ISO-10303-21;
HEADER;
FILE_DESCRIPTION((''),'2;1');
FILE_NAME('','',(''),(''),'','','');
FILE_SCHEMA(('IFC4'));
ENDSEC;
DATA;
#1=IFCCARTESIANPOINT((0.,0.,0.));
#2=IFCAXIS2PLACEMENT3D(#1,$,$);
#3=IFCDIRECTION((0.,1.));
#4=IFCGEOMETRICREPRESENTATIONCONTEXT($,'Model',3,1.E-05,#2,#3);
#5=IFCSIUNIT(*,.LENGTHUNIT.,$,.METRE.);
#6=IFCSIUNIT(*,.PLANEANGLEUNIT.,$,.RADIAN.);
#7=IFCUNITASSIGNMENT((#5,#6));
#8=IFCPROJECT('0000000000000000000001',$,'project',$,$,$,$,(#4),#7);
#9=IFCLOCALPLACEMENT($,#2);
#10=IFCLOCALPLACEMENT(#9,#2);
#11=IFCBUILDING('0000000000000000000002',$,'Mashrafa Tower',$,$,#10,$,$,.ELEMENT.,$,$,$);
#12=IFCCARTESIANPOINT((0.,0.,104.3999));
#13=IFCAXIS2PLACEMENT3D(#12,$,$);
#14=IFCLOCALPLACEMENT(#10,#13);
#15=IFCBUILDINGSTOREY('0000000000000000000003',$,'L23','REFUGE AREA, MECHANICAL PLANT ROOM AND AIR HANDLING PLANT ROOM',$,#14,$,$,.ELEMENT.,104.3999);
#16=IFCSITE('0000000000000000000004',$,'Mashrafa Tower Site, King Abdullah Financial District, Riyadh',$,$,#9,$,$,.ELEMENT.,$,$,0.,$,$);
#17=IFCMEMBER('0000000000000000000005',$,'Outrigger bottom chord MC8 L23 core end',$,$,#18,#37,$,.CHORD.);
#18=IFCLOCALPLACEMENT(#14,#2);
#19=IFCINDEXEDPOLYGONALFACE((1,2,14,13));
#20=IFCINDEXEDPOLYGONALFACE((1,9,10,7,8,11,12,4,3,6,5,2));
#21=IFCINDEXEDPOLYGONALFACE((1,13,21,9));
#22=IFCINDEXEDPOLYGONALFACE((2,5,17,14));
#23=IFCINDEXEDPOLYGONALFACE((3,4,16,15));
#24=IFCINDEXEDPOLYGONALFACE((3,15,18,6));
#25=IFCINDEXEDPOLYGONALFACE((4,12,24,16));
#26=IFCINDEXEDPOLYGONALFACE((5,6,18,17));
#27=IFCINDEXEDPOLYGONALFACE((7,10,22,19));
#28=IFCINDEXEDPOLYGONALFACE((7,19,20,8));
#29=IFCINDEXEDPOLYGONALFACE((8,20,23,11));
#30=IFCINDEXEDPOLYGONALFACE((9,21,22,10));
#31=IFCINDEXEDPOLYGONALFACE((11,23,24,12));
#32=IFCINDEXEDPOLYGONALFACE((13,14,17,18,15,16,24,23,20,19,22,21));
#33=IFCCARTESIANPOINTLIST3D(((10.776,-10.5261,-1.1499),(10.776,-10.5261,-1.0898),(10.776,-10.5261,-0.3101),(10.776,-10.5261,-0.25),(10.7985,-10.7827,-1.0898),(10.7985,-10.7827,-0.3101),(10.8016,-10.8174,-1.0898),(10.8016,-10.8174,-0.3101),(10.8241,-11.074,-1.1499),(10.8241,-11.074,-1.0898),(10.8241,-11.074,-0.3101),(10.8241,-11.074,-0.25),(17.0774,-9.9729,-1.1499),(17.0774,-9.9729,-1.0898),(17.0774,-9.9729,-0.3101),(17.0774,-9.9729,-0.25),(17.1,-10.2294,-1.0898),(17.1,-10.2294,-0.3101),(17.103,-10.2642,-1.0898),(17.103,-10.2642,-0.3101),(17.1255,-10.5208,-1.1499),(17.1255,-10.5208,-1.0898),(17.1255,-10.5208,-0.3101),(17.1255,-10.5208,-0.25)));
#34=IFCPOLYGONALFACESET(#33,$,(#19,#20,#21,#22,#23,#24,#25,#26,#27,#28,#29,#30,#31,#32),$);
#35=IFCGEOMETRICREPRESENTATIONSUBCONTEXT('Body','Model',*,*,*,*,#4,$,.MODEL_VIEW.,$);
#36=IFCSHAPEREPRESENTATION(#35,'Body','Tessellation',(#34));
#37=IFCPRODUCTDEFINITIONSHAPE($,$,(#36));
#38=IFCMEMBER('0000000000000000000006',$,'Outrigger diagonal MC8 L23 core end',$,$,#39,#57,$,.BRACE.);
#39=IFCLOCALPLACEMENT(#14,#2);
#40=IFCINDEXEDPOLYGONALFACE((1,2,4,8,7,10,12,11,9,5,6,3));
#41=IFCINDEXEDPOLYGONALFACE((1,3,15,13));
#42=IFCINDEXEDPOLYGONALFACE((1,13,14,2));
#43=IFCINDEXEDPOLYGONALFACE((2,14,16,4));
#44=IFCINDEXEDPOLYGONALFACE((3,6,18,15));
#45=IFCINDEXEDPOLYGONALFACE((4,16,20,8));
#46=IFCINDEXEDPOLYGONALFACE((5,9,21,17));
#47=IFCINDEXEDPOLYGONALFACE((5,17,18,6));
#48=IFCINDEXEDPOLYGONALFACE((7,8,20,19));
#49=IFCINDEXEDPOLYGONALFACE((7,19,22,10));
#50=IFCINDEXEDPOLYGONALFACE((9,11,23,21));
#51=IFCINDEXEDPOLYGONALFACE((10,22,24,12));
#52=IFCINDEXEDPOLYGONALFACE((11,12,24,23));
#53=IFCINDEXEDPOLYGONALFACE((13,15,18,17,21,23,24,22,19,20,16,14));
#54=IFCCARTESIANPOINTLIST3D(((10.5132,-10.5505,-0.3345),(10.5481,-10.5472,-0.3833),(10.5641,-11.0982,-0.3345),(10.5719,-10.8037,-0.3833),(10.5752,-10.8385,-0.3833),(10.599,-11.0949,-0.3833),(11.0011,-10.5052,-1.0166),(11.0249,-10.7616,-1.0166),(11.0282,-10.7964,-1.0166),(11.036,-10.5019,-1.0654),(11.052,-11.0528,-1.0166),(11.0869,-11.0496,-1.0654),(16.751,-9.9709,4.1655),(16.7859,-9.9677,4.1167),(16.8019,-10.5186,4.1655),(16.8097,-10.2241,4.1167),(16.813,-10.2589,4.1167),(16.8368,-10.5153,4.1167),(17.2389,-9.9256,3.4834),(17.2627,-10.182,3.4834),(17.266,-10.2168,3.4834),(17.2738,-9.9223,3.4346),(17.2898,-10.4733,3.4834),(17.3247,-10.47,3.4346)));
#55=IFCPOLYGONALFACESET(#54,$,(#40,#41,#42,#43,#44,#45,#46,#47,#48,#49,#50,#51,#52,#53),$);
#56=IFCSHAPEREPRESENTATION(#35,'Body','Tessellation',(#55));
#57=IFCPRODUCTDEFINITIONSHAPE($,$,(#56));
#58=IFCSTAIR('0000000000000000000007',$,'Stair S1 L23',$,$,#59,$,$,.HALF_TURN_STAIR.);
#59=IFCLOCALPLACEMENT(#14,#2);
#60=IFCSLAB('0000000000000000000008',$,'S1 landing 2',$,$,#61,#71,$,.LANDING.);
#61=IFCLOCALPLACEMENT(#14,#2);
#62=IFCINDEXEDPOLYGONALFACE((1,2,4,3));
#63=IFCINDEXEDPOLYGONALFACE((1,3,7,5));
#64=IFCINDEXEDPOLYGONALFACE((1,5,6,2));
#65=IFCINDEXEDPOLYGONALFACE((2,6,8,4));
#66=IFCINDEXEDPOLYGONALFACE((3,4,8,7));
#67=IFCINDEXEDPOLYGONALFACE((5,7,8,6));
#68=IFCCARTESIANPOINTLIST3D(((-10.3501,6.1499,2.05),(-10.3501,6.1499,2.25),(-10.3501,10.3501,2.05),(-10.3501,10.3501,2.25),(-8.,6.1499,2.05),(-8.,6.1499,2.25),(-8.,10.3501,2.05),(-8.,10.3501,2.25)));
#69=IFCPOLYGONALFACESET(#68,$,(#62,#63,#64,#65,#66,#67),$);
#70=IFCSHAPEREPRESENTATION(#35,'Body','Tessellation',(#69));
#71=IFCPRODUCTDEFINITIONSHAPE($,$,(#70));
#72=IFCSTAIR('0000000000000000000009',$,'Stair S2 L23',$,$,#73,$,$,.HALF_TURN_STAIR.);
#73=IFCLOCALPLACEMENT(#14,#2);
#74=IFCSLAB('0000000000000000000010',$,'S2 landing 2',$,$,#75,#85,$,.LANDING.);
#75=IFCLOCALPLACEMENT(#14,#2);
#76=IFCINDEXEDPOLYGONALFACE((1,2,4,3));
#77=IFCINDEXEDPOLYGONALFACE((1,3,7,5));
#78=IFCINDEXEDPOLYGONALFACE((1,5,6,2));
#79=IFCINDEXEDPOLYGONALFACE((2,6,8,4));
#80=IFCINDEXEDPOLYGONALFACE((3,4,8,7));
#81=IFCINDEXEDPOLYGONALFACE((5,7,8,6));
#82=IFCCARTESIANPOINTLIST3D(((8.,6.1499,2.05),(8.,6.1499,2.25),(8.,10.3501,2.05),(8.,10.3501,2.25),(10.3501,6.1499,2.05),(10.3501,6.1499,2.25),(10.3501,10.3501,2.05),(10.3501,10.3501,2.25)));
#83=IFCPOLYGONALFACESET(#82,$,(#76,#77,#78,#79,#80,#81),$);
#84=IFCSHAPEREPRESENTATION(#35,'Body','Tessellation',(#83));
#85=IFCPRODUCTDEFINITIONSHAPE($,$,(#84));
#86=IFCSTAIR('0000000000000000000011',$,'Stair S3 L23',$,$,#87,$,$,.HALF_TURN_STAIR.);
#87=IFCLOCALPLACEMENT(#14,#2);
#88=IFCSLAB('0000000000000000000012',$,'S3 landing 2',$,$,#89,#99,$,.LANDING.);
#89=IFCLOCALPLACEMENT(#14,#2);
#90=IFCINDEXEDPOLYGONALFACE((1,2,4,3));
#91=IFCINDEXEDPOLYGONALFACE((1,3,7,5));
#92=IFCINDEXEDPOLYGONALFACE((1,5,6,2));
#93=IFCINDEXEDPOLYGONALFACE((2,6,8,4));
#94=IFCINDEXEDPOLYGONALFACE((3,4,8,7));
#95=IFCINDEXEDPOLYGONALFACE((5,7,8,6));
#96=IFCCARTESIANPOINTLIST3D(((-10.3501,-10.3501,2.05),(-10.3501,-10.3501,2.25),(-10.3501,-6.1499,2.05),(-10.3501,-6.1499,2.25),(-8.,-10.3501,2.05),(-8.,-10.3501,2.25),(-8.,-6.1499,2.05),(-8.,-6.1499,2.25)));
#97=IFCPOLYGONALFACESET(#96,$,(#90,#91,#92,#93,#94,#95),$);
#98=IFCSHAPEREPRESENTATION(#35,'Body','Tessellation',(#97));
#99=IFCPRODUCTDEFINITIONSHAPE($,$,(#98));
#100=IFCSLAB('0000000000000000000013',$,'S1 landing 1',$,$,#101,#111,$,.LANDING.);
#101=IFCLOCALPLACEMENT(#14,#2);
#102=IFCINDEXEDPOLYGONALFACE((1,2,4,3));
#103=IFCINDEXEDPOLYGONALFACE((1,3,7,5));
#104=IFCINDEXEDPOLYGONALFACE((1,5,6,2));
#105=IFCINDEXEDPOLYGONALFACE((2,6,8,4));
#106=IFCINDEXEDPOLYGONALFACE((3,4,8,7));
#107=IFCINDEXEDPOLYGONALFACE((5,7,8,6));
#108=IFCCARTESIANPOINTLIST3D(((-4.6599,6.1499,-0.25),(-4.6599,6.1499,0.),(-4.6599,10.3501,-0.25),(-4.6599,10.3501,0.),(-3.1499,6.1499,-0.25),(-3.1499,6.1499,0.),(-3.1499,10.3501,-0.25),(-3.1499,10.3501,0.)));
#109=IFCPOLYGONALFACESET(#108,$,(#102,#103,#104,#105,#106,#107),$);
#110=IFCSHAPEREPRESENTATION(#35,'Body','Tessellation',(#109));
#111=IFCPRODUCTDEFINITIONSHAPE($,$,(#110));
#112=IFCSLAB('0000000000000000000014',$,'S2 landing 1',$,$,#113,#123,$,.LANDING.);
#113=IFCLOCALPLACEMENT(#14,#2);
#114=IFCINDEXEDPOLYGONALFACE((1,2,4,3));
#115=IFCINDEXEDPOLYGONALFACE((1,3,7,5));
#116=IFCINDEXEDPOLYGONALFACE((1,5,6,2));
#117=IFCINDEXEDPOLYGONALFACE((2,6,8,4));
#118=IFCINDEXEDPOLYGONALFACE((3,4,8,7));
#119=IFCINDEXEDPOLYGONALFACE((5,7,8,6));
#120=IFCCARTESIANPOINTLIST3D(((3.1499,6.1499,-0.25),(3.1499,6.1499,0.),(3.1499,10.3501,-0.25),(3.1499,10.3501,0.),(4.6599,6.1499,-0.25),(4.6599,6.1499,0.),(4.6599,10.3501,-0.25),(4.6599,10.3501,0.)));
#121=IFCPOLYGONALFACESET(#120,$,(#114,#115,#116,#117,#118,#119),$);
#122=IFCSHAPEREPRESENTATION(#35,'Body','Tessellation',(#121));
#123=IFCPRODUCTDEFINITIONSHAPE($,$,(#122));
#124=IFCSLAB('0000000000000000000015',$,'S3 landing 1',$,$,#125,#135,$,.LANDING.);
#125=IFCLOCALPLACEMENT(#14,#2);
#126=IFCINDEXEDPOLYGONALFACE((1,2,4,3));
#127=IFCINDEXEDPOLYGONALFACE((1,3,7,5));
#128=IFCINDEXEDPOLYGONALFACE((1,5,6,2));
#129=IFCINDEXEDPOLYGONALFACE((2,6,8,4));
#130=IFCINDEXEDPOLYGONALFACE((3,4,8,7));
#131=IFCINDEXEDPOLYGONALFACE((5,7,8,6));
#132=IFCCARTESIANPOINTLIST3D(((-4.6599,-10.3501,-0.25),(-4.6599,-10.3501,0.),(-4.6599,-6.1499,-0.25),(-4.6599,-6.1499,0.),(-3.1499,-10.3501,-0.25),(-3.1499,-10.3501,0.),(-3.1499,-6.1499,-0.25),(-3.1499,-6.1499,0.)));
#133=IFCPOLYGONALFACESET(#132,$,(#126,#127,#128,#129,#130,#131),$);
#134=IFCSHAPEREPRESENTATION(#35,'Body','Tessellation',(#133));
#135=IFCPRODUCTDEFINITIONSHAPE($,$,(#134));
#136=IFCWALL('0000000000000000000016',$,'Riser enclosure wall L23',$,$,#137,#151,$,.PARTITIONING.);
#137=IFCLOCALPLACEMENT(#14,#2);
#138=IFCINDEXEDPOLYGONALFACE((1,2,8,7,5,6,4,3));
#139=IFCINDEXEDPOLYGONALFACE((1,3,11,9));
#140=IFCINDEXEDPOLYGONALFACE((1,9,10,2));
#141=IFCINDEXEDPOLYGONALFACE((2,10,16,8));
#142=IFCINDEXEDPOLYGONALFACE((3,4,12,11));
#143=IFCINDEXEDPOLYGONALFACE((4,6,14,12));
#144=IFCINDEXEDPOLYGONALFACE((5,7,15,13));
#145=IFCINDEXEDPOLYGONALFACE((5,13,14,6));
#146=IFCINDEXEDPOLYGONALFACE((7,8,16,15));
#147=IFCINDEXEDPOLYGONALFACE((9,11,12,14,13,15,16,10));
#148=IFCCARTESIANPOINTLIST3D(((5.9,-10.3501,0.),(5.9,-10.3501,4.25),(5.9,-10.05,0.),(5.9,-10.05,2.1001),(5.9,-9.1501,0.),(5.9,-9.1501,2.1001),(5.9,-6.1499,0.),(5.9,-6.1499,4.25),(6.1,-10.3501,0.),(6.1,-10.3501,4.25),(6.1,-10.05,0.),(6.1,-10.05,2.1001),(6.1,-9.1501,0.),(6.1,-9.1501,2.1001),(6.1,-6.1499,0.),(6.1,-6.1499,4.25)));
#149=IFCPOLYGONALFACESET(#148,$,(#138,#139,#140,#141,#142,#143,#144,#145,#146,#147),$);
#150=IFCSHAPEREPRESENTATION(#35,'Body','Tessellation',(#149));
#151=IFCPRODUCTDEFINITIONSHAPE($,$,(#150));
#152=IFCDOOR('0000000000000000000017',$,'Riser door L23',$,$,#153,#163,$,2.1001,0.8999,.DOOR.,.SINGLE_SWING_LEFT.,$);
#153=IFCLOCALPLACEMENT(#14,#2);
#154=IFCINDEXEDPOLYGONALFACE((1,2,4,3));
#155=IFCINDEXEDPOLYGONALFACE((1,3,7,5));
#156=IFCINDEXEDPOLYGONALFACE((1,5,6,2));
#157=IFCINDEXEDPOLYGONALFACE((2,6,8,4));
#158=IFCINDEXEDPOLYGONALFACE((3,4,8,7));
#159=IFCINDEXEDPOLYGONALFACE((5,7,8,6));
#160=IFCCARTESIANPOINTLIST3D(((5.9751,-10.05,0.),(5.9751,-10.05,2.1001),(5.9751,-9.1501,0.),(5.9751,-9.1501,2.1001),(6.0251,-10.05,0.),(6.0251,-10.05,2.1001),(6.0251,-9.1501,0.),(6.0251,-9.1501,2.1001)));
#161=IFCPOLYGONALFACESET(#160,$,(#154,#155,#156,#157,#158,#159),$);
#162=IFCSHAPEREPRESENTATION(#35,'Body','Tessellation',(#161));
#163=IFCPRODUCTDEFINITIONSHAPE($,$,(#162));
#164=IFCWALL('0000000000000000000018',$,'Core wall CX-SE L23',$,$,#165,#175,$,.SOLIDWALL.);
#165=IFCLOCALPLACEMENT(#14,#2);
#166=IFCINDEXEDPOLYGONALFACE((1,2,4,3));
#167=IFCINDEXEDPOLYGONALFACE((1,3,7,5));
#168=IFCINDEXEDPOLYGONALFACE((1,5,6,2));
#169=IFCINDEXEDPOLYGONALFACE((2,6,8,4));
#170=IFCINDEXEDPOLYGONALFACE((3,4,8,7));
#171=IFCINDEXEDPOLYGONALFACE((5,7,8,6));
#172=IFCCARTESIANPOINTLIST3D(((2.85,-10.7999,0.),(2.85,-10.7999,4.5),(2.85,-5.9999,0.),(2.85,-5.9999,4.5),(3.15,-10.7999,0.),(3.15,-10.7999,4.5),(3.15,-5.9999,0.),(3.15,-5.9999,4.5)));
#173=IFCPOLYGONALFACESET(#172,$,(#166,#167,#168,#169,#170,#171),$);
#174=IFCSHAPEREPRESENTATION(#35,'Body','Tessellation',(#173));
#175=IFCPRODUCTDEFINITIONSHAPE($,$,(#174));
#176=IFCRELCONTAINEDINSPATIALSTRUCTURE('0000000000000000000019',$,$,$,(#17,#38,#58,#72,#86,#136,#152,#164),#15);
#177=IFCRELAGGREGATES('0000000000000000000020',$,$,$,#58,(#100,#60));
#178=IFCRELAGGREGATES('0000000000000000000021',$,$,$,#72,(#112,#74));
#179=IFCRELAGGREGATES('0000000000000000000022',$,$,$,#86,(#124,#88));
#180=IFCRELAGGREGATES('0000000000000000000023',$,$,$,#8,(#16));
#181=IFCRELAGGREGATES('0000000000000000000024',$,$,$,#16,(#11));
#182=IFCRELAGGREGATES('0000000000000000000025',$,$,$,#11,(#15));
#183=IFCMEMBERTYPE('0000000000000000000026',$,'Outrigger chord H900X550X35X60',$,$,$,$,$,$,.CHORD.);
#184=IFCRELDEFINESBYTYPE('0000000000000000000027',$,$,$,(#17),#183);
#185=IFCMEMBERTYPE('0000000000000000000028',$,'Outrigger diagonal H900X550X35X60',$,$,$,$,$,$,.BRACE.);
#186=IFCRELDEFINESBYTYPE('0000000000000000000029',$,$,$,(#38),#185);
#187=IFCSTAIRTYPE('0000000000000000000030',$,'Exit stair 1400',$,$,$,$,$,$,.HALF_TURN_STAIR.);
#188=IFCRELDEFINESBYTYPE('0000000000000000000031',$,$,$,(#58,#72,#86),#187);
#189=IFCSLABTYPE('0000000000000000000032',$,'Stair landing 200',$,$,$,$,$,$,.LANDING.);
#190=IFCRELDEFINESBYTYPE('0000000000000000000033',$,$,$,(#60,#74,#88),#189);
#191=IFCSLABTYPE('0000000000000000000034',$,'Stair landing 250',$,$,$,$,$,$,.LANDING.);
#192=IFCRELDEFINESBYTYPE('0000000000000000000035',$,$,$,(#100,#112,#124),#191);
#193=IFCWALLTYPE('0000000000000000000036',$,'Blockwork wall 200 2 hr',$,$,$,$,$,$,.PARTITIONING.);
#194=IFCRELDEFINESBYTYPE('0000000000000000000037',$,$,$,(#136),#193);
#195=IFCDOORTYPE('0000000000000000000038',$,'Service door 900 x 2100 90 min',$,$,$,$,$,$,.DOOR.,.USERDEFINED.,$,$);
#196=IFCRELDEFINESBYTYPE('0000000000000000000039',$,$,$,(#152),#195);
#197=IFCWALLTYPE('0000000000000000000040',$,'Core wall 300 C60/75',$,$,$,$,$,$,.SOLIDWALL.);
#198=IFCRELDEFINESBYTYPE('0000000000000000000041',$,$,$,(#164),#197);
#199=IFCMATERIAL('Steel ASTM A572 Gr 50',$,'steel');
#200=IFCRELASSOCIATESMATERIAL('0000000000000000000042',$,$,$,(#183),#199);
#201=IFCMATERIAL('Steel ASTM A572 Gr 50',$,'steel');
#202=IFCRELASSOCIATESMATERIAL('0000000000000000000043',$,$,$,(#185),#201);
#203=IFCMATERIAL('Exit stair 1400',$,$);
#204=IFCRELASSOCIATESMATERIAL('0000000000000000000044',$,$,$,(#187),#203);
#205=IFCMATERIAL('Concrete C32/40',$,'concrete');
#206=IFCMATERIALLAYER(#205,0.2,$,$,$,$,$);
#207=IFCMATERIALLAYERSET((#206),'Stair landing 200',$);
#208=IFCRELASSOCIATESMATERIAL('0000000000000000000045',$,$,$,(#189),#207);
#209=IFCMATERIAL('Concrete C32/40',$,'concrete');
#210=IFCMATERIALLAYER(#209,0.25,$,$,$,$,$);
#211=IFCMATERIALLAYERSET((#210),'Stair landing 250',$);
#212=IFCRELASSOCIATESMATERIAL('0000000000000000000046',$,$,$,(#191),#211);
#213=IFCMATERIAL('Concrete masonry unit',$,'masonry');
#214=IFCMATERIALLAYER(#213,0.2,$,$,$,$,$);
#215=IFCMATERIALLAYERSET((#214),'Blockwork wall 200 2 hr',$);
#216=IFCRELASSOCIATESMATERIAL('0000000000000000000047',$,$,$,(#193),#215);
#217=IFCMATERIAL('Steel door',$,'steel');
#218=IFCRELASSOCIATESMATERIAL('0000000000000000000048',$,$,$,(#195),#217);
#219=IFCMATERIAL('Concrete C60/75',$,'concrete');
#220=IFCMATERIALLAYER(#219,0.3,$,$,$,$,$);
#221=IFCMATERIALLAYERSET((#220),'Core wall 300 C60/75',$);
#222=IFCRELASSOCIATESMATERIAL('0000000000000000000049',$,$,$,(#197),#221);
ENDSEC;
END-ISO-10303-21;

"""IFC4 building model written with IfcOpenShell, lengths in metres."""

from ifc_helpers import new_model, si_unit, direction, frame, frame_2d, origin, origin_2d, place, context, subcontext, project, spatial, polyline, rectangle, i_section, outline, extrude, source, transform, mapped, material, layer, layer_set, material_profile, profile_set, type_object, type_shapes, element, fill, aggregate, save


model = new_model("IFC4")

# Units and contexts
model_context = context("Model", 3, precision=1e-05, world=origin(), true_north=direction((0.0, 1.0)))
body_context = subcontext(model_context, "Body", "Model", "MODEL_VIEW")
ifc_project = project(units=[si_unit("LENGTHUNIT", "METRE"), si_unit("PLANEANGLEUNIT", "RADIAN")], contexts=[model_context])

# Site, building, storey
site_placement = place(None, origin())
site = spatial("IfcSite", under=ifc_project, at=site_placement, Name="Mashrafa Tower Site, King Abdullah Financial District, Riyadh", CompositionType="ELEMENT", RefElevation=0.0)
building_placement = place(site_placement, origin())
building = spatial("IfcBuilding", under=site, at=building_placement, Name="Mashrafa Tower", CompositionType="ELEMENT")
storey_placement = place(building_placement, frame((0.0, 0.0, 104.3999)))
storey = spatial("IfcBuildingStorey", under=building, at=storey_placement, Name="L23", Description="REFUGE AREA, MECHANICAL PLANT ROOM AND AIR HANDLING PLANT ROOM", CompositionType="ELEMENT", Elevation=104.3999)

# Members
ifc_material_1 = material(Name="Steel ASTM A572 Gr 50", Category="steel")
ifc_material_profile_1 = material_profile(ifc_material_1, i_section(OverallWidth=0.55, OverallDepth=0.8999, WebThickness=0.0349, FlangeThickness=0.0601, at=origin_2d()), Name="H900X550X35X60")
ifc_profile_set_1 = profile_set([ifc_material_profile_1], Name="Steel ASTM A572 Gr 50")
member_type_1 = type_object("IfcMemberType", Name="Outrigger chord H900X550X35X60", PredefinedType="CHORD", material=ifc_profile_set_1)
shared_shape_1 = source(origin(), body_context, "Body", "SweptSolid", [
    extrude(i_section(OverallWidth=0.55, OverallDepth=0.8999, WebThickness=0.0349, FlangeThickness=0.0601, at=origin_2d()), origin(), (0.0, 0.0, 1.0), 6.3257),
])
type_shapes(member_type_1, [shared_shape_1])
member_1_placement = place(storey_placement, frame((10.8, -10.8, -0.7), z_axis=(0.996168, 0.087456, 0.0), x_axis=(-0.087456, 0.996168, 0.0)))
element("IfcMember", 1, at=member_1_placement, inside=storey, type_object=member_type_1, Name="Outrigger bottom chord MC8 L23 core end", PredefinedType="CHORD", context=body_context, shape_type="MappedRepresentation", body=[
    mapped(shared_shape_1, transform((0.0, 0.0, 0.0))),
])
ifc_material_2 = material(Name="Steel ASTM A572 Gr 50", Category="steel")
ifc_material_profile_2 = material_profile(ifc_material_2, i_section(OverallWidth=0.55, OverallDepth=0.8999, WebThickness=0.0349, FlangeThickness=0.0601, at=origin_2d()), Name="H900X550X35X60")
ifc_profile_set_2 = profile_set([ifc_material_profile_2], Name="Steel ASTM A572 Gr 50")
member_type_2 = type_object("IfcMemberType", Name="Outrigger diagonal H900X550X35X60", PredefinedType="BRACE", material=ifc_profile_set_2)
shared_shape_2 = source(origin(), body_context, "Body", "SweptSolid", [
    extrude(i_section(OverallWidth=0.55, OverallDepth=0.8999, WebThickness=0.0349, FlangeThickness=0.0601, at=origin_2d()), origin(), (0.0, 0.0, 1.0), 7.7134),
])
type_shapes(member_type_2, [shared_shape_2])
member_2_placement = place(storey_placement, frame((10.8, -10.8, -0.7), z_axis=(0.808699, 0.075141, 0.583403), x_axis=(-0.092517, 0.995711, 0.0)))
element("IfcMember", 2, at=member_2_placement, inside=storey, type_object=member_type_2, Name="Outrigger diagonal MC8 L23 core end", PredefinedType="BRACE", context=body_context, shape_type="MappedRepresentation", body=[
    mapped(shared_shape_2, transform((0.0, 0.0, 0.0))),
])

# Stairs, slabs
ifc_material_3 = material(Name="Exit stair 1400")
stair_type = type_object("IfcStairType", Name="Exit stair 1400", PredefinedType="HALF_TURN_STAIR", material=ifc_material_3)
stair_1_placement = place(storey_placement, origin())
stair_1 = element("IfcStair", 3, at=stair_1_placement, inside=storey, type_object=stair_type, Name="Stair S1 L23", PredefinedType="HALF_TURN_STAIR")
ifc_material_4 = material(Name="Concrete C32/40", Category="concrete")
ifc_layer_1 = layer(ifc_material_4, 0.2)
ifc_layer_set_1 = layer_set([ifc_layer_1], Name="Stair landing 200")
slab_type_1 = type_object("IfcSlabType", Name="Stair landing 200", PredefinedType="LANDING", material=ifc_layer_set_1)
slab_1_placement = place(storey_placement, frame((0.0, 0.0, 2.05)))
slab_1 = element("IfcSlab", 4, at=slab_1_placement, type_object=slab_type_1, Name="S1 landing 2", PredefinedType="LANDING", context=body_context, shape_type="SweptSolid", body=[
    extrude(outline(polyline([(-10.3501, 6.1499), (-8.0, 6.1499), (-8.0, 10.3501), (-10.3501, 10.3501), (-10.3501, 6.1499)])), origin(), (0.0, 0.0, 1.0), 0.2),
])
stair_2_placement = place(storey_placement, origin())
stair_2 = element("IfcStair", 5, at=stair_2_placement, inside=storey, type_object=stair_type, Name="Stair S2 L23", PredefinedType="HALF_TURN_STAIR")
slab_2_placement = place(storey_placement, frame((0.0, 0.0, 2.05)))
slab_2 = element("IfcSlab", 6, at=slab_2_placement, type_object=slab_type_1, Name="S2 landing 2", PredefinedType="LANDING", context=body_context, shape_type="SweptSolid", body=[
    extrude(outline(polyline([(8.0, 6.1499), (10.3501, 6.1499), (10.3501, 10.3501), (8.0, 10.3501), (8.0, 6.1499)])), origin(), (0.0, 0.0, 1.0), 0.2),
])
stair_3_placement = place(storey_placement, origin())
stair_3 = element("IfcStair", 7, at=stair_3_placement, inside=storey, type_object=stair_type, Name="Stair S3 L23", PredefinedType="HALF_TURN_STAIR")
slab_3_placement = place(storey_placement, frame((0.0, 0.0, 2.05)))
slab_3 = element("IfcSlab", 8, at=slab_3_placement, type_object=slab_type_1, Name="S3 landing 2", PredefinedType="LANDING", context=body_context, shape_type="SweptSolid", body=[
    extrude(outline(polyline([(-10.3501, -10.3501), (-8.0, -10.3501), (-8.0, -6.1499), (-10.3501, -6.1499), (-10.3501, -10.3501)])), origin(), (0.0, 0.0, 1.0), 0.2),
])

# Slabs
ifc_material_5 = material(Name="Concrete C32/40", Category="concrete")
ifc_layer_2 = layer(ifc_material_5, 0.25)
ifc_layer_set_2 = layer_set([ifc_layer_2], Name="Stair landing 250")
slab_type_2 = type_object("IfcSlabType", Name="Stair landing 250", PredefinedType="LANDING", material=ifc_layer_set_2)
slab_4_placement = place(storey_placement, frame((0.0, 0.0, -0.25)))
slab_4 = element("IfcSlab", 9, at=slab_4_placement, type_object=slab_type_2, Name="S1 landing 1", PredefinedType="LANDING", context=body_context, shape_type="SweptSolid", body=[
    extrude(outline(polyline([(-4.6599, 6.1499), (-3.1499, 6.1499), (-3.1499, 10.3501), (-4.6599, 10.3501), (-4.6599, 6.1499)])), origin(), (0.0, 0.0, 1.0), 0.25),
])
aggregate(stair_1, [slab_4, slab_1])
slab_5_placement = place(storey_placement, frame((0.0, 0.0, -0.25)))
slab_5 = element("IfcSlab", 10, at=slab_5_placement, type_object=slab_type_2, Name="S2 landing 1", PredefinedType="LANDING", context=body_context, shape_type="SweptSolid", body=[
    extrude(outline(polyline([(3.1499, 6.1499), (4.6599, 6.1499), (4.6599, 10.3501), (3.1499, 10.3501), (3.1499, 6.1499)])), origin(), (0.0, 0.0, 1.0), 0.25),
])
aggregate(stair_2, [slab_5, slab_2])
slab_6_placement = place(storey_placement, frame((0.0, 0.0, -0.25)))
slab_6 = element("IfcSlab", 11, at=slab_6_placement, type_object=slab_type_2, Name="S3 landing 1", PredefinedType="LANDING", context=body_context, shape_type="SweptSolid", body=[
    extrude(outline(polyline([(-4.6599, -10.3501), (-3.1499, -10.3501), (-3.1499, -6.1499), (-4.6599, -6.1499), (-4.6599, -10.3501)])), origin(), (0.0, 0.0, 1.0), 0.25),
])
aggregate(stair_3, [slab_6, slab_3])

# Wall, opening, door
ifc_material_6 = material(Name="Concrete masonry unit", Category="masonry")
ifc_layer_3 = layer(ifc_material_6, 0.2)
ifc_layer_set_3 = layer_set([ifc_layer_3], Name="Blockwork wall 200 2 hr")
wall_type_1 = type_object("IfcWallType", Name="Blockwork wall 200 2 hr", PredefinedType="PARTITIONING", material=ifc_layer_set_3)
wall_1_placement = place(storey_placement, frame((6.0, -10.3501, 0.0), z_axis=(0.0, 0.0, 1.0), x_axis=(0.0, 1.0, 0.0)))
wall_1 = element("IfcWall", 12, at=wall_1_placement, inside=storey, type_object=wall_type_1, Name="Riser enclosure wall L23", PredefinedType="PARTITIONING", context=body_context, shape_type="SweptSolid", body=[
    extrude(rectangle(XDim=4.2002, YDim=0.2, at=frame_2d((2.1001, 0.0))), origin(), (0.0, 0.0, 1.0), 4.25),
])
opening_placement = place(wall_1_placement, frame((0.3, 0.0, 0.0)))
opening = element("IfcOpeningElement", 13, at=opening_placement, cuts=wall_1, PredefinedType="OPENING", context=body_context, shape_type="SweptSolid", body=[
    extrude(rectangle(XDim=0.8999, YDim=2.1001, at=frame_2d((0.45, 1.05))), frame((0.0, 0.1099, 0.0), z_axis=(0.0, -1.0, 0.0), x_axis=(1.0, 0.0, 0.0)), (0.0, 0.0, 1.0), 0.22),
])
ifc_material_7 = material(Name="Steel door", Category="steel")
door_type = type_object("IfcDoorType", Name="Service door 900 x 2100 90 min", OperationType="USERDEFINED", PredefinedType="DOOR", material=ifc_material_7)
door_placement = place(opening_placement, origin())
door = element("IfcDoor", 14, at=door_placement, inside=storey, type_object=door_type, Name="Riser door L23", OperationType="SINGLE_SWING_LEFT", OverallHeight=2.1001, OverallWidth=0.8999, PredefinedType="DOOR", context=body_context, shape_type="SweptSolid", body=[
    extrude(rectangle(XDim=0.8999, YDim=2.1001, at=frame_2d((0.45, 1.05))), frame((0.0, 0.0249, 0.0), z_axis=(0.0, -1.0, 0.0), x_axis=(1.0, 0.0, 0.0)), (0.0, 0.0, 1.0), 0.05),
])
fill(opening, door)

# Wall
ifc_material_8 = material(Name="Concrete C60/75", Category="concrete")
ifc_layer_4 = layer(ifc_material_8, 0.3)
ifc_layer_set_4 = layer_set([ifc_layer_4], Name="Core wall 300 C60/75")
wall_type_2 = type_object("IfcWallType", Name="Core wall 300 C60/75", PredefinedType="SOLIDWALL", material=ifc_layer_set_4)
wall_2_placement = place(storey_placement, frame((3.0, -6.0, 0.0), z_axis=(0.0, 0.0, 1.0), x_axis=(0.0, -1.0, 0.0)))
element("IfcWall", 15, at=wall_2_placement, inside=storey, type_object=wall_type_2, Name="Core wall CX-SE L23", PredefinedType="SOLIDWALL", context=body_context, shape_type="SweptSolid", body=[
    extrude(rectangle(XDim=4.8, YDim=0.3, at=frame_2d((2.3999, 0.0))), origin(), (0.0, 0.0, 1.0), 4.5),
])

save(model, "model.ifc")
